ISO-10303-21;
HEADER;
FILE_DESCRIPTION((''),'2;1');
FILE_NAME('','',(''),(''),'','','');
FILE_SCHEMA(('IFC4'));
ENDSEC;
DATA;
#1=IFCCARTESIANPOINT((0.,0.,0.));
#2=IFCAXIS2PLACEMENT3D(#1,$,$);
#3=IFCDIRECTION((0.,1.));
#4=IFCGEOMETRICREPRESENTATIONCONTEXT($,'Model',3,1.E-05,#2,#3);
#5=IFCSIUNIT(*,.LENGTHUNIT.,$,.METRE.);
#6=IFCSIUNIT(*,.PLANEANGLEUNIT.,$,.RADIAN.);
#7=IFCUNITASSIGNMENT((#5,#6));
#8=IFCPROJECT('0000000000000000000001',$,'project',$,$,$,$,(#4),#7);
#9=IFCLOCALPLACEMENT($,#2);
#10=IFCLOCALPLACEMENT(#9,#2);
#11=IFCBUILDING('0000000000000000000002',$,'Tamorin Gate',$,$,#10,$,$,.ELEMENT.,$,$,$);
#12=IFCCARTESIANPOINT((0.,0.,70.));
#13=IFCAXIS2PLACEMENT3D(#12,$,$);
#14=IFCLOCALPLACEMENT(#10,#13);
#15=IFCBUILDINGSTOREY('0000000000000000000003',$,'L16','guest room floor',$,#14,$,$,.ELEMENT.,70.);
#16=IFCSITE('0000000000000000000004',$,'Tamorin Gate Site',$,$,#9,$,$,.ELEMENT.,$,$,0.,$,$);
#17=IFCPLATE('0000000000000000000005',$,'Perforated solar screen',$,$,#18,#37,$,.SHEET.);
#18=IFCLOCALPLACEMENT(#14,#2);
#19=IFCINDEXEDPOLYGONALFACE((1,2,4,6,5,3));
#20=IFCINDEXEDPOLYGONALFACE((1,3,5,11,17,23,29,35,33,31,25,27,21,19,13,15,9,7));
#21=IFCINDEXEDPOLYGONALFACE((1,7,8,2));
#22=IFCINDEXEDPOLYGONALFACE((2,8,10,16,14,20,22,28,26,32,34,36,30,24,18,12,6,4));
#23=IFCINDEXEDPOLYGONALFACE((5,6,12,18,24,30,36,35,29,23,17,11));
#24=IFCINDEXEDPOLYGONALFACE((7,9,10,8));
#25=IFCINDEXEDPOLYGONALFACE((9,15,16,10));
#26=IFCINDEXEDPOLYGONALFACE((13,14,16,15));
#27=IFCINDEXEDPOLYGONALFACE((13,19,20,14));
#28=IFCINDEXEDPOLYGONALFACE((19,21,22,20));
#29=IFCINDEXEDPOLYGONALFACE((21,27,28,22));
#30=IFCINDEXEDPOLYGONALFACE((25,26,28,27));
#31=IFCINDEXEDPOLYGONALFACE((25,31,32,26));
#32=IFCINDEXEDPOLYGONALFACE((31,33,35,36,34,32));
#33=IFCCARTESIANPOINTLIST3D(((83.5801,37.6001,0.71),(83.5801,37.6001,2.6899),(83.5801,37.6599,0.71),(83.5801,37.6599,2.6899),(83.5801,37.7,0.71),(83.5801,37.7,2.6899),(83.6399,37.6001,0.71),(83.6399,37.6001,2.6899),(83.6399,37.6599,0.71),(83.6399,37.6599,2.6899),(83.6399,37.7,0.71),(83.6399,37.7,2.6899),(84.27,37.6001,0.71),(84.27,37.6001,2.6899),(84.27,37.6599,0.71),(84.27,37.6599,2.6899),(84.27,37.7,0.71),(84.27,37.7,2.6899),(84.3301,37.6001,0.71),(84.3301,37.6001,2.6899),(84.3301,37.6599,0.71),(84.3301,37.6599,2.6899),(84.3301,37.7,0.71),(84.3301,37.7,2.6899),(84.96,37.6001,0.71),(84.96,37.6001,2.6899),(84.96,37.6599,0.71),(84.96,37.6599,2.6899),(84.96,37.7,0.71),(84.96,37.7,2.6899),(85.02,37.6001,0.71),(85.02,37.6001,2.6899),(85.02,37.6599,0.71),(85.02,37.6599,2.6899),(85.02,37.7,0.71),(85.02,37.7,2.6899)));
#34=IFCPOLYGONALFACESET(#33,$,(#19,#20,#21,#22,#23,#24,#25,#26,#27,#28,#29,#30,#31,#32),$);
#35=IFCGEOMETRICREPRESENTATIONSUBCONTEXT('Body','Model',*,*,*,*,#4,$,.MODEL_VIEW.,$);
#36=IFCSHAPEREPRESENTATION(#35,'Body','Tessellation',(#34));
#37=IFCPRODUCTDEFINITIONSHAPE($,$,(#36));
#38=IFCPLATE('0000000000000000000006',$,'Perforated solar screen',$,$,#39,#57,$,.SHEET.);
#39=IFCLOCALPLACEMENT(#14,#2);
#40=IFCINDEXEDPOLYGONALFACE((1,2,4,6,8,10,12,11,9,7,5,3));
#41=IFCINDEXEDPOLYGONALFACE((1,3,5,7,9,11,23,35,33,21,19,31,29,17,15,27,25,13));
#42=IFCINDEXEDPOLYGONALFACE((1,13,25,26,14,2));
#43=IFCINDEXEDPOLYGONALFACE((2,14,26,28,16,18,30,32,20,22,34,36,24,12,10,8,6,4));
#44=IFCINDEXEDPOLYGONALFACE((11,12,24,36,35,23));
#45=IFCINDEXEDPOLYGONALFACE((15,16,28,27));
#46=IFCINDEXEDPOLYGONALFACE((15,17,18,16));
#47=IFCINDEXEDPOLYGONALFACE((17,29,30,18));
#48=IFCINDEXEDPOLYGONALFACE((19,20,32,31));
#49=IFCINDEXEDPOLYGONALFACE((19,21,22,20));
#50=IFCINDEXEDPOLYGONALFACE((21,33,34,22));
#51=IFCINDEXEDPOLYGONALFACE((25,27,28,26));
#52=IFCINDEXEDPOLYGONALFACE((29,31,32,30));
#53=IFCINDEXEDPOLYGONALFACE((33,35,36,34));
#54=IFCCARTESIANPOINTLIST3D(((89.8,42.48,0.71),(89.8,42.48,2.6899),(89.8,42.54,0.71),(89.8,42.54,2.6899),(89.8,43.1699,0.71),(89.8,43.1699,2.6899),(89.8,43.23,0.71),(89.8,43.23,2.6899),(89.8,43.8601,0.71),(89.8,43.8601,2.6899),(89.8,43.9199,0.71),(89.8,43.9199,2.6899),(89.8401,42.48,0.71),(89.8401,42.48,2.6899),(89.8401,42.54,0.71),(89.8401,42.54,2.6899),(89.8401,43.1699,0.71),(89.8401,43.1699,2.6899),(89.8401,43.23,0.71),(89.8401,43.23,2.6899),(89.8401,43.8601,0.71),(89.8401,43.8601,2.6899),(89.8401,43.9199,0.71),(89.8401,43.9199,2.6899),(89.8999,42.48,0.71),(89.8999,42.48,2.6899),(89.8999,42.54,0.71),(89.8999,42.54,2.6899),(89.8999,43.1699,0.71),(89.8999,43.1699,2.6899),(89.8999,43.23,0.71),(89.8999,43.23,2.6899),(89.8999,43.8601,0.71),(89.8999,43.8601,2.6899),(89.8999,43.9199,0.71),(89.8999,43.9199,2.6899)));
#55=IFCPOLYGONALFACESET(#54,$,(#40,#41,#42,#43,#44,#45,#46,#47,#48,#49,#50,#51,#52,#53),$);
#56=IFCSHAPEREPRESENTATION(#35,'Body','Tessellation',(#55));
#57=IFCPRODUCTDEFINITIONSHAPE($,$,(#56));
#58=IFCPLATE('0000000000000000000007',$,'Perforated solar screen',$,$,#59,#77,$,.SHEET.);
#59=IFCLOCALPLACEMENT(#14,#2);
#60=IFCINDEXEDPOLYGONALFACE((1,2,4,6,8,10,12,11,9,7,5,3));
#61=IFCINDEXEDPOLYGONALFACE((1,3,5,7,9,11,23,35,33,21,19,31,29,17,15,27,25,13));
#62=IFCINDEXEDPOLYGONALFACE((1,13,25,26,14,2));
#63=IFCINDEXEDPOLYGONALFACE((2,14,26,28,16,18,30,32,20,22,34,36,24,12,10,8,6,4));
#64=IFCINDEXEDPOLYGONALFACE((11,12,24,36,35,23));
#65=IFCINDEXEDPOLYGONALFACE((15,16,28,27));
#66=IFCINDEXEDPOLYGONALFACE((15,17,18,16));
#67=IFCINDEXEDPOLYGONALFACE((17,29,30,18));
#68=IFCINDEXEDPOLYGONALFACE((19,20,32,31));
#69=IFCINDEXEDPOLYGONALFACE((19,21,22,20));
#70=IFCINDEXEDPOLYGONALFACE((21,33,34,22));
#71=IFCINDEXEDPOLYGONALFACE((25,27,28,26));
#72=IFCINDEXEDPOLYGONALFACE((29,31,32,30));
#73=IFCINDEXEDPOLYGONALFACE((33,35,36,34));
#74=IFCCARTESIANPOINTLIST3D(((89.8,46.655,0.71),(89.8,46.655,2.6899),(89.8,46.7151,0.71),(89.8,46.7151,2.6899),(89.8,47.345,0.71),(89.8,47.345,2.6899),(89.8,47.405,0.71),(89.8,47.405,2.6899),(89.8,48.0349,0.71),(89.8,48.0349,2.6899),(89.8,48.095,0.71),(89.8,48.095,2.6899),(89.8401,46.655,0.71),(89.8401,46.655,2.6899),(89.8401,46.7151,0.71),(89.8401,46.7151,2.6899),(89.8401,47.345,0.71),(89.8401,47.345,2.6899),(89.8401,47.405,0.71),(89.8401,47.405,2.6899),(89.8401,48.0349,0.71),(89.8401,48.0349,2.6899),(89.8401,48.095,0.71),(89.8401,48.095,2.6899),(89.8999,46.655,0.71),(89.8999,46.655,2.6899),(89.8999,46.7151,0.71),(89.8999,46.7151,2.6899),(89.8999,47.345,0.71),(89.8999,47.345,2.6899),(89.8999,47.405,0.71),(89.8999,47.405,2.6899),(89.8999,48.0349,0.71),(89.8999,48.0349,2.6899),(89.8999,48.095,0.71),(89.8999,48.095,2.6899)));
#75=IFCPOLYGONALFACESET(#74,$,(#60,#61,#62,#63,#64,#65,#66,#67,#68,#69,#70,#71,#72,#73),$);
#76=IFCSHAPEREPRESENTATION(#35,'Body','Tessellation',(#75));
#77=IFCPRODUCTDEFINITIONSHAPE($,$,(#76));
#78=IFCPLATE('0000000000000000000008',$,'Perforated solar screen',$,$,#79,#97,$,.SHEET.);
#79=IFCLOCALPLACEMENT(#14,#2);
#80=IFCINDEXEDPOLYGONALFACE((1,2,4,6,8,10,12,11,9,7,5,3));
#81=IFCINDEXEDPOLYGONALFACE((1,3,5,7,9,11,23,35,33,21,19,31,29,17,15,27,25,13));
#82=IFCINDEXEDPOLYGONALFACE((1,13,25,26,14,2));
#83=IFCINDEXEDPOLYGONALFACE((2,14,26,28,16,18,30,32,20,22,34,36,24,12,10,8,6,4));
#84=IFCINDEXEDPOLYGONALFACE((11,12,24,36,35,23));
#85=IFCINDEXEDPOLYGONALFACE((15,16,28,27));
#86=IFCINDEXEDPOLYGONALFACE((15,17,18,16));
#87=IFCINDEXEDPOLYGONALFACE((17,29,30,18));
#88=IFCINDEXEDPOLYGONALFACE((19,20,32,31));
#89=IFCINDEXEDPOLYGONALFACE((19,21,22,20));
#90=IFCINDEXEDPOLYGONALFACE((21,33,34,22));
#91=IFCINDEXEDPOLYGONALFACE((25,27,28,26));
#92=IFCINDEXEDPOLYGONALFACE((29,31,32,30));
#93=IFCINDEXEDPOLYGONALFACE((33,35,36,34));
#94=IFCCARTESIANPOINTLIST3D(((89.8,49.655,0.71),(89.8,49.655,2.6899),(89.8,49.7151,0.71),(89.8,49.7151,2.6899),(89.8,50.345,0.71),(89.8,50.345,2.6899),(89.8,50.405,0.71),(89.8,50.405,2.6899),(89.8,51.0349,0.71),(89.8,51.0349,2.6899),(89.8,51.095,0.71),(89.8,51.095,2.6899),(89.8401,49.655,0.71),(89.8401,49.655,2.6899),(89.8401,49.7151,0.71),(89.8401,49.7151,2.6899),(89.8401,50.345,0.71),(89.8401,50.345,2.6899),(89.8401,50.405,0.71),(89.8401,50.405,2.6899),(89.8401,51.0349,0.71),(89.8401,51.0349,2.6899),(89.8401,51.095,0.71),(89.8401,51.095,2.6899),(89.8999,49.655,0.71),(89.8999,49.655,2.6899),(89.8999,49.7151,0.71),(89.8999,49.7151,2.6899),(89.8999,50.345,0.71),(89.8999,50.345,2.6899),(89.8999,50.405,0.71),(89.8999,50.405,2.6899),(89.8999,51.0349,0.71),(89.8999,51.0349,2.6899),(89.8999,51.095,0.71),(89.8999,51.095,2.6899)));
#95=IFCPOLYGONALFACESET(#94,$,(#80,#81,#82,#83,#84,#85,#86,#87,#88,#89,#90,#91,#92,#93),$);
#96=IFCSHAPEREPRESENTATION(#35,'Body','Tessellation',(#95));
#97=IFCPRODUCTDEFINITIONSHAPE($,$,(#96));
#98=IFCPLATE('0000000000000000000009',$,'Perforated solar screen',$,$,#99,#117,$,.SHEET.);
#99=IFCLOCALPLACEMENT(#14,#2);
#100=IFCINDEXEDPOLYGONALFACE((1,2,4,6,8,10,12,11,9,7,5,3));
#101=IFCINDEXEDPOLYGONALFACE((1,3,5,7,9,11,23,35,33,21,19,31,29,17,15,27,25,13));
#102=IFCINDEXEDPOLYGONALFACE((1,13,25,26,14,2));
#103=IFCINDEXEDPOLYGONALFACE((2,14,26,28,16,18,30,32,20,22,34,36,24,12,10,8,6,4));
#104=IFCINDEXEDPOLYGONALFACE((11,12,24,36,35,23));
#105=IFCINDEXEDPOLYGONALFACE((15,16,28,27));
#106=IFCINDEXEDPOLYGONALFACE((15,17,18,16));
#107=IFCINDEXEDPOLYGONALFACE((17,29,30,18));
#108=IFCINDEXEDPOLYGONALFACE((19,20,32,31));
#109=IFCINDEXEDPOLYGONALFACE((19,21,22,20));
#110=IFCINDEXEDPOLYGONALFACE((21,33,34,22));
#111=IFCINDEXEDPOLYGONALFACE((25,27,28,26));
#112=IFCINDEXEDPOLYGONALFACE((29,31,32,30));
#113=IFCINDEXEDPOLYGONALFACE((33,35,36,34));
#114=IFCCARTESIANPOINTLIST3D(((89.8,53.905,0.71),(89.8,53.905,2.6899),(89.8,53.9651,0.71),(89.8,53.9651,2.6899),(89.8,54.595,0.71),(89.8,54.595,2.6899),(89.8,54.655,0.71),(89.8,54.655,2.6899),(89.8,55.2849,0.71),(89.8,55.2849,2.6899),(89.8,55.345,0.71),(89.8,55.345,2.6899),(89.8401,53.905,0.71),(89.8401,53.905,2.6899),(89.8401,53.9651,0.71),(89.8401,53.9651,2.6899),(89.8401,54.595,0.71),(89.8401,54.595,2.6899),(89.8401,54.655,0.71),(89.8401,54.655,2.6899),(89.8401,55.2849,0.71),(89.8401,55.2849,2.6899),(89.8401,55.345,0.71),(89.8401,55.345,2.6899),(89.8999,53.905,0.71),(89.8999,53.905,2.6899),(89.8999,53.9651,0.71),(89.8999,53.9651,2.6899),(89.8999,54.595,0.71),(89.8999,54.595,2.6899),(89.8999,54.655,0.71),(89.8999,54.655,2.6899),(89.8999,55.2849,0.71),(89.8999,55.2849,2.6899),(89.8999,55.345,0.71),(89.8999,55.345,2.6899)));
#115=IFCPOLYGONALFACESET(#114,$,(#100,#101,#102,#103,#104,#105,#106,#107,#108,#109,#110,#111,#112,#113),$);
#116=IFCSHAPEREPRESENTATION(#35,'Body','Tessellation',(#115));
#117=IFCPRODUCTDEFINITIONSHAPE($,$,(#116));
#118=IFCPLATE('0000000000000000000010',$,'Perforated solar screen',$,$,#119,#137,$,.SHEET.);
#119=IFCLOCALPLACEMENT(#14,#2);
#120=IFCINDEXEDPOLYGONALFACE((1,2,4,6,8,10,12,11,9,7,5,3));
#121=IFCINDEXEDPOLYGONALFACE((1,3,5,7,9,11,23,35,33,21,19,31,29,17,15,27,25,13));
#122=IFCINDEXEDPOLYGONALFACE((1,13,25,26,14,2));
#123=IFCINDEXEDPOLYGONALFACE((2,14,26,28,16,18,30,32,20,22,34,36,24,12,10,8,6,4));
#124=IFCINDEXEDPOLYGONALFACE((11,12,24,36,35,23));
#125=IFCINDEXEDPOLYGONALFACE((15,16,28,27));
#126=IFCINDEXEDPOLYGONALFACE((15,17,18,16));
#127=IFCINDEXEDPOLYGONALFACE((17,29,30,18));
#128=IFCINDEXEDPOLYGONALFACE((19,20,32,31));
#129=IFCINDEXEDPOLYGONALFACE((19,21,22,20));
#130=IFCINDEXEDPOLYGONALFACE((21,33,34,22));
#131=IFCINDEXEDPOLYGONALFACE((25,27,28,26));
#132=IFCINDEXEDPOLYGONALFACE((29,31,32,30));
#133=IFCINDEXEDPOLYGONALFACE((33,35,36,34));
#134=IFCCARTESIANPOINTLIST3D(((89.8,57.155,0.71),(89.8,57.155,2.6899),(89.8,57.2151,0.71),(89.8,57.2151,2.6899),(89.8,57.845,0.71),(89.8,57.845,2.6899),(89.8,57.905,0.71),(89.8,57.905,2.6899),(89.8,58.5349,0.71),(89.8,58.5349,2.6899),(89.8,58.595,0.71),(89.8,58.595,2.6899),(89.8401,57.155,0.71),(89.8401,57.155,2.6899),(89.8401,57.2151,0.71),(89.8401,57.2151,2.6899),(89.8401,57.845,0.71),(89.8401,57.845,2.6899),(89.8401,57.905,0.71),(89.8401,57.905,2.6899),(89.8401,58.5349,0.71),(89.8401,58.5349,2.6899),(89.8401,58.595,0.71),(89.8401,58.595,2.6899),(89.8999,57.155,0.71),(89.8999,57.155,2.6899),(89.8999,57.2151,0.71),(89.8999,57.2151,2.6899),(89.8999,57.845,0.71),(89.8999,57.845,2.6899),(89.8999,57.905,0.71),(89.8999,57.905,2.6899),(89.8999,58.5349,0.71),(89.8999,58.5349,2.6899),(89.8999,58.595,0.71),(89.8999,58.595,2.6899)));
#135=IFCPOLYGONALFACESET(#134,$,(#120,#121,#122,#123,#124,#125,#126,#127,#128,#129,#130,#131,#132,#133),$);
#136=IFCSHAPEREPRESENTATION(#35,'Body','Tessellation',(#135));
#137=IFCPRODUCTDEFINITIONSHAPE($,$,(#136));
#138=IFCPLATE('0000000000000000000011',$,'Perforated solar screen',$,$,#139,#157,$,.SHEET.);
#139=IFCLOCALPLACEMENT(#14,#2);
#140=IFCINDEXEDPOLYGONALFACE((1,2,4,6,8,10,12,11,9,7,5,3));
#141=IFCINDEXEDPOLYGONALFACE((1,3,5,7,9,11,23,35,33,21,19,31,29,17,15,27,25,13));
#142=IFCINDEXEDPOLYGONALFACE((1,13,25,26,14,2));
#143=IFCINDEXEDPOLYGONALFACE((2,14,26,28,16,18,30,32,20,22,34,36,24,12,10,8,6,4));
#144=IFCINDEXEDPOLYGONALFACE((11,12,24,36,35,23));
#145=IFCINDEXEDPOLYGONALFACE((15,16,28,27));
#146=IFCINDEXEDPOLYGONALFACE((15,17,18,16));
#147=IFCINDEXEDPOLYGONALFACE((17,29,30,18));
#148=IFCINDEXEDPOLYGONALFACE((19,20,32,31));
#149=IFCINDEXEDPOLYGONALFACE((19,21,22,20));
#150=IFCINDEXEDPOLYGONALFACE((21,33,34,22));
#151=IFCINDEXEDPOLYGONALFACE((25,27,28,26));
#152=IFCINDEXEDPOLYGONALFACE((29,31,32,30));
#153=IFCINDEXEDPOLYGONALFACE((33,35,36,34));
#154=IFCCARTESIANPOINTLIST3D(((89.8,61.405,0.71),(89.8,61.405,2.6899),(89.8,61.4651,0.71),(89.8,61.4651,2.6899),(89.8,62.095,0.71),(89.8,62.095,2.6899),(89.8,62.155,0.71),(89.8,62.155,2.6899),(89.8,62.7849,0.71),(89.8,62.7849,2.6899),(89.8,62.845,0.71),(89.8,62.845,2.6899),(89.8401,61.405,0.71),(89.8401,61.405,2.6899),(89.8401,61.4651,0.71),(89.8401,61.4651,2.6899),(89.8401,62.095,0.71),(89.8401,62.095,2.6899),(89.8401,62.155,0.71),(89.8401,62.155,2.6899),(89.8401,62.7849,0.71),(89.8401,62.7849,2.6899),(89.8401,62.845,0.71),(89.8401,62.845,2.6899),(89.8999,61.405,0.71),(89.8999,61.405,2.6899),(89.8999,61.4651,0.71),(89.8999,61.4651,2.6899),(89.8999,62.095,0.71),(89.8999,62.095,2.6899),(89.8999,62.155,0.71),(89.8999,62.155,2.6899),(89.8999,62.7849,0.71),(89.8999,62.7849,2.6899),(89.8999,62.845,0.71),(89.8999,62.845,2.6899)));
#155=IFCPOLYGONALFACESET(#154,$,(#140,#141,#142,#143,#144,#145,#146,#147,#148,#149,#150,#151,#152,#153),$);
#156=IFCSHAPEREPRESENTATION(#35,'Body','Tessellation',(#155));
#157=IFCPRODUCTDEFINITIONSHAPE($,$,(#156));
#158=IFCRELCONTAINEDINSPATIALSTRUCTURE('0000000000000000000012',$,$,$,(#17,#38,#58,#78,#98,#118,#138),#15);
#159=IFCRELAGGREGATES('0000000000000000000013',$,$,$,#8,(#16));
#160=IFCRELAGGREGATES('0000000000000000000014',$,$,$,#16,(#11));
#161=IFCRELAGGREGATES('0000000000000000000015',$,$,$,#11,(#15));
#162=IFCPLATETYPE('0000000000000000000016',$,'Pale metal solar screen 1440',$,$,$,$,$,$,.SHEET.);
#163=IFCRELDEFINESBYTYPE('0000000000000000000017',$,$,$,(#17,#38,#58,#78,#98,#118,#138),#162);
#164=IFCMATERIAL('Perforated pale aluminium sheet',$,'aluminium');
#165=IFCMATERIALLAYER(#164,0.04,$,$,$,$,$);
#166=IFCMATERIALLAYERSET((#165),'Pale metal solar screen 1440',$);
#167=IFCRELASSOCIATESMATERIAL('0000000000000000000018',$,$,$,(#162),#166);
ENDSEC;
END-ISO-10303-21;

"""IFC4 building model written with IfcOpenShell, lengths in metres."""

from ifc_helpers import new_model, si_unit, direction, frame, origin, place, context, subcontext, project, spatial, polyline, outline, extrude, material, layer, layer_set, type_object, element, save


model = new_model("IFC4")

# Units and contexts
model_context = context("Model", 3, precision=1e-05, world=origin(), true_north=direction((0.0, 1.0)))
body_context = subcontext(model_context, "Body", "Model", "MODEL_VIEW")
ifc_project = project(units=[si_unit("LENGTHUNIT", "METRE"), si_unit("PLANEANGLEUNIT", "RADIAN")], contexts=[model_context])

# Site, building, storey
site_placement = place(None, origin())
site = spatial("IfcSite", under=ifc_project, at=site_placement, Name="Tamorin Gate Site", CompositionType="ELEMENT", RefElevation=0.0)
building_placement = place(site_placement, origin())
building = spatial("IfcBuilding", under=site, at=building_placement, Name="Tamorin Gate", CompositionType="ELEMENT")
storey_placement = place(building_placement, frame((0.0, 0.0, 70.0)))
storey = spatial("IfcBuildingStorey", under=building, at=storey_placement, Name="L16", Description="guest room floor", CompositionType="ELEMENT", Elevation=70.0)

# Plates
ifc_material_1 = material(Name="Perforated pale aluminium sheet", Category="aluminium")
ifc_layer_1 = layer(ifc_material_1, 0.04)
ifc_layer_set_1 = layer_set([ifc_layer_1], Name="Pale metal solar screen 1440")
plate_type = type_object("IfcPlateType", Name="Pale metal solar screen 1440", PredefinedType="SHEET", material=ifc_layer_set_1)
plate_1_placement = place(storey_placement, frame((0.0, 0.0, 0.71)))
element("IfcPlate", 1, at=plate_1_placement, inside=storey, type_object=plate_type, Name="Perforated solar screen", PredefinedType="SHEET", context=body_context, shape_type="SweptSolid", body=[
    extrude(outline(polyline([(83.5801, 37.6599), (83.5801, 37.7), (83.6399, 37.7), (84.27, 37.7), (84.3301, 37.7), (84.96, 37.7), (85.02, 37.7), (85.02, 37.6599), (85.02, 37.6001), (84.96, 37.6001), (84.96, 37.6599), (84.3301, 37.6599), (84.3301, 37.6001), (84.27, 37.6001), (84.27, 37.6599), (83.6399, 37.6599), (83.6399, 37.6001), (83.5801, 37.6001), (83.5801, 37.6599)])), origin(), (0.0, 0.0, 1.0), 1.98),
])
plate_2_placement = place(storey_placement, frame((0.0, 0.0, 0.71)))
element("IfcPlate", 2, at=plate_2_placement, inside=storey, type_object=plate_type, Name="Perforated solar screen", PredefinedType="SHEET", context=body_context, shape_type="SweptSolid", body=[
    extrude(outline(polyline([(89.8401, 42.48), (89.8, 42.48), (89.8, 42.54), (89.8, 43.1699), (89.8, 43.23), (89.8, 43.8601), (89.8, 43.9199), (89.8401, 43.9199), (89.8999, 43.9199), (89.8999, 43.8601), (89.8401, 43.8601), (89.8401, 43.23), (89.8999, 43.23), (89.8999, 43.1699), (89.8401, 43.1699), (89.8401, 42.54), (89.8999, 42.54), (89.8999, 42.48), (89.8401, 42.48)])), origin(), (0.0, 0.0, 1.0), 1.98),
])
plate_3_placement = place(storey_placement, frame((0.0, 0.0, 0.71)))
element("IfcPlate", 3, at=plate_3_placement, inside=storey, type_object=plate_type, Name="Perforated solar screen", PredefinedType="SHEET", context=body_context, shape_type="SweptSolid", body=[
    extrude(outline(polyline([(89.8401, 46.655), (89.8, 46.655), (89.8, 46.7151), (89.8, 47.345), (89.8, 47.405), (89.8, 48.0349), (89.8, 48.095), (89.8, 48.095), (89.8401, 48.095), (89.8401, 48.095), (89.8999, 48.095), (89.8999, 48.0349), (89.8401, 48.0349), (89.8401, 47.405), (89.8999, 47.405), (89.8999, 47.345), (89.8401, 47.345), (89.8401, 46.7151), (89.8999, 46.7151), (89.8999, 46.655), (89.8401, 46.655)])), origin(), (0.0, 0.0, 1.0), 1.98),
])
plate_4_placement = place(storey_placement, frame((0.0, 0.0, 0.71)))
element("IfcPlate", 4, at=plate_4_placement, inside=storey, type_object=plate_type, Name="Perforated solar screen", PredefinedType="SHEET", context=body_context, shape_type="SweptSolid", body=[
    extrude(outline(polyline([(89.8401, 49.655), (89.8, 49.655), (89.8, 49.7151), (89.8, 50.345), (89.8, 50.405), (89.8, 51.0349), (89.8, 51.095), (89.8401, 51.095), (89.8999, 51.095), (89.8999, 51.0349), (89.8401, 51.0349), (89.8401, 50.405), (89.8999, 50.405), (89.8999, 50.345), (89.8401, 50.345), (89.8401, 49.7151), (89.8999, 49.7151), (89.8999, 49.655), (89.8401, 49.655)])), origin(), (0.0, 0.0, 1.0), 1.98),
])
plate_5_placement = place(storey_placement, frame((0.0, 0.0, 0.71)))
element("IfcPlate", 5, at=plate_5_placement, inside=storey, type_object=plate_type, Name="Perforated solar screen", PredefinedType="SHEET", context=body_context, shape_type="SweptSolid", body=[
    extrude(outline(polyline([(89.8401, 53.905), (89.8, 53.905), (89.8, 53.9651), (89.8, 54.595), (89.8, 54.655), (89.8, 55.2849), (89.8, 55.345), (89.8401, 55.345), (89.8999, 55.345), (89.8999, 55.2849), (89.8401, 55.2849), (89.8401, 54.655), (89.8999, 54.655), (89.8999, 54.595), (89.8401, 54.595), (89.8401, 53.9651), (89.8999, 53.9651), (89.8999, 53.905), (89.8401, 53.905)])), origin(), (0.0, 0.0, 1.0), 1.98),
])
plate_6_placement = place(storey_placement, frame((0.0, 0.0, 0.71)))
element("IfcPlate", 6, at=plate_6_placement, inside=storey, type_object=plate_type, Name="Perforated solar screen", PredefinedType="SHEET", context=body_context, shape_type="SweptSolid", body=[
    extrude(outline(polyline([(89.8401, 57.155), (89.8, 57.155), (89.8, 57.2151), (89.8, 57.845), (89.8, 57.905), (89.8, 58.5349), (89.8, 58.595), (89.8401, 58.595), (89.8999, 58.595), (89.8999, 58.5349), (89.8401, 58.5349), (89.8401, 57.905), (89.8999, 57.905), (89.8999, 57.845), (89.8401, 57.845), (89.8401, 57.2151), (89.8999, 57.2151), (89.8999, 57.155), (89.8401, 57.155)])), origin(), (0.0, 0.0, 1.0), 1.98),
])
plate_7_placement = place(storey_placement, frame((0.0, 0.0, 0.71)))
element("IfcPlate", 7, at=plate_7_placement, inside=storey, type_object=plate_type, Name="Perforated solar screen", PredefinedType="SHEET", context=body_context, shape_type="SweptSolid", body=[
    extrude(outline(polyline([(89.8401, 61.405), (89.8, 61.405), (89.8, 61.4651), (89.8, 62.095), (89.8, 62.155), (89.8, 62.7849), (89.8, 62.845), (89.8401, 62.845), (89.8999, 62.845), (89.8999, 62.7849), (89.8401, 62.7849), (89.8401, 62.155), (89.8999, 62.155), (89.8999, 62.095), (89.8401, 62.095), (89.8401, 61.4651), (89.8999, 61.4651), (89.8999, 61.405), (89.8401, 61.405)])), origin(), (0.0, 0.0, 1.0), 1.98),
])

save(model, "model.ifc")
